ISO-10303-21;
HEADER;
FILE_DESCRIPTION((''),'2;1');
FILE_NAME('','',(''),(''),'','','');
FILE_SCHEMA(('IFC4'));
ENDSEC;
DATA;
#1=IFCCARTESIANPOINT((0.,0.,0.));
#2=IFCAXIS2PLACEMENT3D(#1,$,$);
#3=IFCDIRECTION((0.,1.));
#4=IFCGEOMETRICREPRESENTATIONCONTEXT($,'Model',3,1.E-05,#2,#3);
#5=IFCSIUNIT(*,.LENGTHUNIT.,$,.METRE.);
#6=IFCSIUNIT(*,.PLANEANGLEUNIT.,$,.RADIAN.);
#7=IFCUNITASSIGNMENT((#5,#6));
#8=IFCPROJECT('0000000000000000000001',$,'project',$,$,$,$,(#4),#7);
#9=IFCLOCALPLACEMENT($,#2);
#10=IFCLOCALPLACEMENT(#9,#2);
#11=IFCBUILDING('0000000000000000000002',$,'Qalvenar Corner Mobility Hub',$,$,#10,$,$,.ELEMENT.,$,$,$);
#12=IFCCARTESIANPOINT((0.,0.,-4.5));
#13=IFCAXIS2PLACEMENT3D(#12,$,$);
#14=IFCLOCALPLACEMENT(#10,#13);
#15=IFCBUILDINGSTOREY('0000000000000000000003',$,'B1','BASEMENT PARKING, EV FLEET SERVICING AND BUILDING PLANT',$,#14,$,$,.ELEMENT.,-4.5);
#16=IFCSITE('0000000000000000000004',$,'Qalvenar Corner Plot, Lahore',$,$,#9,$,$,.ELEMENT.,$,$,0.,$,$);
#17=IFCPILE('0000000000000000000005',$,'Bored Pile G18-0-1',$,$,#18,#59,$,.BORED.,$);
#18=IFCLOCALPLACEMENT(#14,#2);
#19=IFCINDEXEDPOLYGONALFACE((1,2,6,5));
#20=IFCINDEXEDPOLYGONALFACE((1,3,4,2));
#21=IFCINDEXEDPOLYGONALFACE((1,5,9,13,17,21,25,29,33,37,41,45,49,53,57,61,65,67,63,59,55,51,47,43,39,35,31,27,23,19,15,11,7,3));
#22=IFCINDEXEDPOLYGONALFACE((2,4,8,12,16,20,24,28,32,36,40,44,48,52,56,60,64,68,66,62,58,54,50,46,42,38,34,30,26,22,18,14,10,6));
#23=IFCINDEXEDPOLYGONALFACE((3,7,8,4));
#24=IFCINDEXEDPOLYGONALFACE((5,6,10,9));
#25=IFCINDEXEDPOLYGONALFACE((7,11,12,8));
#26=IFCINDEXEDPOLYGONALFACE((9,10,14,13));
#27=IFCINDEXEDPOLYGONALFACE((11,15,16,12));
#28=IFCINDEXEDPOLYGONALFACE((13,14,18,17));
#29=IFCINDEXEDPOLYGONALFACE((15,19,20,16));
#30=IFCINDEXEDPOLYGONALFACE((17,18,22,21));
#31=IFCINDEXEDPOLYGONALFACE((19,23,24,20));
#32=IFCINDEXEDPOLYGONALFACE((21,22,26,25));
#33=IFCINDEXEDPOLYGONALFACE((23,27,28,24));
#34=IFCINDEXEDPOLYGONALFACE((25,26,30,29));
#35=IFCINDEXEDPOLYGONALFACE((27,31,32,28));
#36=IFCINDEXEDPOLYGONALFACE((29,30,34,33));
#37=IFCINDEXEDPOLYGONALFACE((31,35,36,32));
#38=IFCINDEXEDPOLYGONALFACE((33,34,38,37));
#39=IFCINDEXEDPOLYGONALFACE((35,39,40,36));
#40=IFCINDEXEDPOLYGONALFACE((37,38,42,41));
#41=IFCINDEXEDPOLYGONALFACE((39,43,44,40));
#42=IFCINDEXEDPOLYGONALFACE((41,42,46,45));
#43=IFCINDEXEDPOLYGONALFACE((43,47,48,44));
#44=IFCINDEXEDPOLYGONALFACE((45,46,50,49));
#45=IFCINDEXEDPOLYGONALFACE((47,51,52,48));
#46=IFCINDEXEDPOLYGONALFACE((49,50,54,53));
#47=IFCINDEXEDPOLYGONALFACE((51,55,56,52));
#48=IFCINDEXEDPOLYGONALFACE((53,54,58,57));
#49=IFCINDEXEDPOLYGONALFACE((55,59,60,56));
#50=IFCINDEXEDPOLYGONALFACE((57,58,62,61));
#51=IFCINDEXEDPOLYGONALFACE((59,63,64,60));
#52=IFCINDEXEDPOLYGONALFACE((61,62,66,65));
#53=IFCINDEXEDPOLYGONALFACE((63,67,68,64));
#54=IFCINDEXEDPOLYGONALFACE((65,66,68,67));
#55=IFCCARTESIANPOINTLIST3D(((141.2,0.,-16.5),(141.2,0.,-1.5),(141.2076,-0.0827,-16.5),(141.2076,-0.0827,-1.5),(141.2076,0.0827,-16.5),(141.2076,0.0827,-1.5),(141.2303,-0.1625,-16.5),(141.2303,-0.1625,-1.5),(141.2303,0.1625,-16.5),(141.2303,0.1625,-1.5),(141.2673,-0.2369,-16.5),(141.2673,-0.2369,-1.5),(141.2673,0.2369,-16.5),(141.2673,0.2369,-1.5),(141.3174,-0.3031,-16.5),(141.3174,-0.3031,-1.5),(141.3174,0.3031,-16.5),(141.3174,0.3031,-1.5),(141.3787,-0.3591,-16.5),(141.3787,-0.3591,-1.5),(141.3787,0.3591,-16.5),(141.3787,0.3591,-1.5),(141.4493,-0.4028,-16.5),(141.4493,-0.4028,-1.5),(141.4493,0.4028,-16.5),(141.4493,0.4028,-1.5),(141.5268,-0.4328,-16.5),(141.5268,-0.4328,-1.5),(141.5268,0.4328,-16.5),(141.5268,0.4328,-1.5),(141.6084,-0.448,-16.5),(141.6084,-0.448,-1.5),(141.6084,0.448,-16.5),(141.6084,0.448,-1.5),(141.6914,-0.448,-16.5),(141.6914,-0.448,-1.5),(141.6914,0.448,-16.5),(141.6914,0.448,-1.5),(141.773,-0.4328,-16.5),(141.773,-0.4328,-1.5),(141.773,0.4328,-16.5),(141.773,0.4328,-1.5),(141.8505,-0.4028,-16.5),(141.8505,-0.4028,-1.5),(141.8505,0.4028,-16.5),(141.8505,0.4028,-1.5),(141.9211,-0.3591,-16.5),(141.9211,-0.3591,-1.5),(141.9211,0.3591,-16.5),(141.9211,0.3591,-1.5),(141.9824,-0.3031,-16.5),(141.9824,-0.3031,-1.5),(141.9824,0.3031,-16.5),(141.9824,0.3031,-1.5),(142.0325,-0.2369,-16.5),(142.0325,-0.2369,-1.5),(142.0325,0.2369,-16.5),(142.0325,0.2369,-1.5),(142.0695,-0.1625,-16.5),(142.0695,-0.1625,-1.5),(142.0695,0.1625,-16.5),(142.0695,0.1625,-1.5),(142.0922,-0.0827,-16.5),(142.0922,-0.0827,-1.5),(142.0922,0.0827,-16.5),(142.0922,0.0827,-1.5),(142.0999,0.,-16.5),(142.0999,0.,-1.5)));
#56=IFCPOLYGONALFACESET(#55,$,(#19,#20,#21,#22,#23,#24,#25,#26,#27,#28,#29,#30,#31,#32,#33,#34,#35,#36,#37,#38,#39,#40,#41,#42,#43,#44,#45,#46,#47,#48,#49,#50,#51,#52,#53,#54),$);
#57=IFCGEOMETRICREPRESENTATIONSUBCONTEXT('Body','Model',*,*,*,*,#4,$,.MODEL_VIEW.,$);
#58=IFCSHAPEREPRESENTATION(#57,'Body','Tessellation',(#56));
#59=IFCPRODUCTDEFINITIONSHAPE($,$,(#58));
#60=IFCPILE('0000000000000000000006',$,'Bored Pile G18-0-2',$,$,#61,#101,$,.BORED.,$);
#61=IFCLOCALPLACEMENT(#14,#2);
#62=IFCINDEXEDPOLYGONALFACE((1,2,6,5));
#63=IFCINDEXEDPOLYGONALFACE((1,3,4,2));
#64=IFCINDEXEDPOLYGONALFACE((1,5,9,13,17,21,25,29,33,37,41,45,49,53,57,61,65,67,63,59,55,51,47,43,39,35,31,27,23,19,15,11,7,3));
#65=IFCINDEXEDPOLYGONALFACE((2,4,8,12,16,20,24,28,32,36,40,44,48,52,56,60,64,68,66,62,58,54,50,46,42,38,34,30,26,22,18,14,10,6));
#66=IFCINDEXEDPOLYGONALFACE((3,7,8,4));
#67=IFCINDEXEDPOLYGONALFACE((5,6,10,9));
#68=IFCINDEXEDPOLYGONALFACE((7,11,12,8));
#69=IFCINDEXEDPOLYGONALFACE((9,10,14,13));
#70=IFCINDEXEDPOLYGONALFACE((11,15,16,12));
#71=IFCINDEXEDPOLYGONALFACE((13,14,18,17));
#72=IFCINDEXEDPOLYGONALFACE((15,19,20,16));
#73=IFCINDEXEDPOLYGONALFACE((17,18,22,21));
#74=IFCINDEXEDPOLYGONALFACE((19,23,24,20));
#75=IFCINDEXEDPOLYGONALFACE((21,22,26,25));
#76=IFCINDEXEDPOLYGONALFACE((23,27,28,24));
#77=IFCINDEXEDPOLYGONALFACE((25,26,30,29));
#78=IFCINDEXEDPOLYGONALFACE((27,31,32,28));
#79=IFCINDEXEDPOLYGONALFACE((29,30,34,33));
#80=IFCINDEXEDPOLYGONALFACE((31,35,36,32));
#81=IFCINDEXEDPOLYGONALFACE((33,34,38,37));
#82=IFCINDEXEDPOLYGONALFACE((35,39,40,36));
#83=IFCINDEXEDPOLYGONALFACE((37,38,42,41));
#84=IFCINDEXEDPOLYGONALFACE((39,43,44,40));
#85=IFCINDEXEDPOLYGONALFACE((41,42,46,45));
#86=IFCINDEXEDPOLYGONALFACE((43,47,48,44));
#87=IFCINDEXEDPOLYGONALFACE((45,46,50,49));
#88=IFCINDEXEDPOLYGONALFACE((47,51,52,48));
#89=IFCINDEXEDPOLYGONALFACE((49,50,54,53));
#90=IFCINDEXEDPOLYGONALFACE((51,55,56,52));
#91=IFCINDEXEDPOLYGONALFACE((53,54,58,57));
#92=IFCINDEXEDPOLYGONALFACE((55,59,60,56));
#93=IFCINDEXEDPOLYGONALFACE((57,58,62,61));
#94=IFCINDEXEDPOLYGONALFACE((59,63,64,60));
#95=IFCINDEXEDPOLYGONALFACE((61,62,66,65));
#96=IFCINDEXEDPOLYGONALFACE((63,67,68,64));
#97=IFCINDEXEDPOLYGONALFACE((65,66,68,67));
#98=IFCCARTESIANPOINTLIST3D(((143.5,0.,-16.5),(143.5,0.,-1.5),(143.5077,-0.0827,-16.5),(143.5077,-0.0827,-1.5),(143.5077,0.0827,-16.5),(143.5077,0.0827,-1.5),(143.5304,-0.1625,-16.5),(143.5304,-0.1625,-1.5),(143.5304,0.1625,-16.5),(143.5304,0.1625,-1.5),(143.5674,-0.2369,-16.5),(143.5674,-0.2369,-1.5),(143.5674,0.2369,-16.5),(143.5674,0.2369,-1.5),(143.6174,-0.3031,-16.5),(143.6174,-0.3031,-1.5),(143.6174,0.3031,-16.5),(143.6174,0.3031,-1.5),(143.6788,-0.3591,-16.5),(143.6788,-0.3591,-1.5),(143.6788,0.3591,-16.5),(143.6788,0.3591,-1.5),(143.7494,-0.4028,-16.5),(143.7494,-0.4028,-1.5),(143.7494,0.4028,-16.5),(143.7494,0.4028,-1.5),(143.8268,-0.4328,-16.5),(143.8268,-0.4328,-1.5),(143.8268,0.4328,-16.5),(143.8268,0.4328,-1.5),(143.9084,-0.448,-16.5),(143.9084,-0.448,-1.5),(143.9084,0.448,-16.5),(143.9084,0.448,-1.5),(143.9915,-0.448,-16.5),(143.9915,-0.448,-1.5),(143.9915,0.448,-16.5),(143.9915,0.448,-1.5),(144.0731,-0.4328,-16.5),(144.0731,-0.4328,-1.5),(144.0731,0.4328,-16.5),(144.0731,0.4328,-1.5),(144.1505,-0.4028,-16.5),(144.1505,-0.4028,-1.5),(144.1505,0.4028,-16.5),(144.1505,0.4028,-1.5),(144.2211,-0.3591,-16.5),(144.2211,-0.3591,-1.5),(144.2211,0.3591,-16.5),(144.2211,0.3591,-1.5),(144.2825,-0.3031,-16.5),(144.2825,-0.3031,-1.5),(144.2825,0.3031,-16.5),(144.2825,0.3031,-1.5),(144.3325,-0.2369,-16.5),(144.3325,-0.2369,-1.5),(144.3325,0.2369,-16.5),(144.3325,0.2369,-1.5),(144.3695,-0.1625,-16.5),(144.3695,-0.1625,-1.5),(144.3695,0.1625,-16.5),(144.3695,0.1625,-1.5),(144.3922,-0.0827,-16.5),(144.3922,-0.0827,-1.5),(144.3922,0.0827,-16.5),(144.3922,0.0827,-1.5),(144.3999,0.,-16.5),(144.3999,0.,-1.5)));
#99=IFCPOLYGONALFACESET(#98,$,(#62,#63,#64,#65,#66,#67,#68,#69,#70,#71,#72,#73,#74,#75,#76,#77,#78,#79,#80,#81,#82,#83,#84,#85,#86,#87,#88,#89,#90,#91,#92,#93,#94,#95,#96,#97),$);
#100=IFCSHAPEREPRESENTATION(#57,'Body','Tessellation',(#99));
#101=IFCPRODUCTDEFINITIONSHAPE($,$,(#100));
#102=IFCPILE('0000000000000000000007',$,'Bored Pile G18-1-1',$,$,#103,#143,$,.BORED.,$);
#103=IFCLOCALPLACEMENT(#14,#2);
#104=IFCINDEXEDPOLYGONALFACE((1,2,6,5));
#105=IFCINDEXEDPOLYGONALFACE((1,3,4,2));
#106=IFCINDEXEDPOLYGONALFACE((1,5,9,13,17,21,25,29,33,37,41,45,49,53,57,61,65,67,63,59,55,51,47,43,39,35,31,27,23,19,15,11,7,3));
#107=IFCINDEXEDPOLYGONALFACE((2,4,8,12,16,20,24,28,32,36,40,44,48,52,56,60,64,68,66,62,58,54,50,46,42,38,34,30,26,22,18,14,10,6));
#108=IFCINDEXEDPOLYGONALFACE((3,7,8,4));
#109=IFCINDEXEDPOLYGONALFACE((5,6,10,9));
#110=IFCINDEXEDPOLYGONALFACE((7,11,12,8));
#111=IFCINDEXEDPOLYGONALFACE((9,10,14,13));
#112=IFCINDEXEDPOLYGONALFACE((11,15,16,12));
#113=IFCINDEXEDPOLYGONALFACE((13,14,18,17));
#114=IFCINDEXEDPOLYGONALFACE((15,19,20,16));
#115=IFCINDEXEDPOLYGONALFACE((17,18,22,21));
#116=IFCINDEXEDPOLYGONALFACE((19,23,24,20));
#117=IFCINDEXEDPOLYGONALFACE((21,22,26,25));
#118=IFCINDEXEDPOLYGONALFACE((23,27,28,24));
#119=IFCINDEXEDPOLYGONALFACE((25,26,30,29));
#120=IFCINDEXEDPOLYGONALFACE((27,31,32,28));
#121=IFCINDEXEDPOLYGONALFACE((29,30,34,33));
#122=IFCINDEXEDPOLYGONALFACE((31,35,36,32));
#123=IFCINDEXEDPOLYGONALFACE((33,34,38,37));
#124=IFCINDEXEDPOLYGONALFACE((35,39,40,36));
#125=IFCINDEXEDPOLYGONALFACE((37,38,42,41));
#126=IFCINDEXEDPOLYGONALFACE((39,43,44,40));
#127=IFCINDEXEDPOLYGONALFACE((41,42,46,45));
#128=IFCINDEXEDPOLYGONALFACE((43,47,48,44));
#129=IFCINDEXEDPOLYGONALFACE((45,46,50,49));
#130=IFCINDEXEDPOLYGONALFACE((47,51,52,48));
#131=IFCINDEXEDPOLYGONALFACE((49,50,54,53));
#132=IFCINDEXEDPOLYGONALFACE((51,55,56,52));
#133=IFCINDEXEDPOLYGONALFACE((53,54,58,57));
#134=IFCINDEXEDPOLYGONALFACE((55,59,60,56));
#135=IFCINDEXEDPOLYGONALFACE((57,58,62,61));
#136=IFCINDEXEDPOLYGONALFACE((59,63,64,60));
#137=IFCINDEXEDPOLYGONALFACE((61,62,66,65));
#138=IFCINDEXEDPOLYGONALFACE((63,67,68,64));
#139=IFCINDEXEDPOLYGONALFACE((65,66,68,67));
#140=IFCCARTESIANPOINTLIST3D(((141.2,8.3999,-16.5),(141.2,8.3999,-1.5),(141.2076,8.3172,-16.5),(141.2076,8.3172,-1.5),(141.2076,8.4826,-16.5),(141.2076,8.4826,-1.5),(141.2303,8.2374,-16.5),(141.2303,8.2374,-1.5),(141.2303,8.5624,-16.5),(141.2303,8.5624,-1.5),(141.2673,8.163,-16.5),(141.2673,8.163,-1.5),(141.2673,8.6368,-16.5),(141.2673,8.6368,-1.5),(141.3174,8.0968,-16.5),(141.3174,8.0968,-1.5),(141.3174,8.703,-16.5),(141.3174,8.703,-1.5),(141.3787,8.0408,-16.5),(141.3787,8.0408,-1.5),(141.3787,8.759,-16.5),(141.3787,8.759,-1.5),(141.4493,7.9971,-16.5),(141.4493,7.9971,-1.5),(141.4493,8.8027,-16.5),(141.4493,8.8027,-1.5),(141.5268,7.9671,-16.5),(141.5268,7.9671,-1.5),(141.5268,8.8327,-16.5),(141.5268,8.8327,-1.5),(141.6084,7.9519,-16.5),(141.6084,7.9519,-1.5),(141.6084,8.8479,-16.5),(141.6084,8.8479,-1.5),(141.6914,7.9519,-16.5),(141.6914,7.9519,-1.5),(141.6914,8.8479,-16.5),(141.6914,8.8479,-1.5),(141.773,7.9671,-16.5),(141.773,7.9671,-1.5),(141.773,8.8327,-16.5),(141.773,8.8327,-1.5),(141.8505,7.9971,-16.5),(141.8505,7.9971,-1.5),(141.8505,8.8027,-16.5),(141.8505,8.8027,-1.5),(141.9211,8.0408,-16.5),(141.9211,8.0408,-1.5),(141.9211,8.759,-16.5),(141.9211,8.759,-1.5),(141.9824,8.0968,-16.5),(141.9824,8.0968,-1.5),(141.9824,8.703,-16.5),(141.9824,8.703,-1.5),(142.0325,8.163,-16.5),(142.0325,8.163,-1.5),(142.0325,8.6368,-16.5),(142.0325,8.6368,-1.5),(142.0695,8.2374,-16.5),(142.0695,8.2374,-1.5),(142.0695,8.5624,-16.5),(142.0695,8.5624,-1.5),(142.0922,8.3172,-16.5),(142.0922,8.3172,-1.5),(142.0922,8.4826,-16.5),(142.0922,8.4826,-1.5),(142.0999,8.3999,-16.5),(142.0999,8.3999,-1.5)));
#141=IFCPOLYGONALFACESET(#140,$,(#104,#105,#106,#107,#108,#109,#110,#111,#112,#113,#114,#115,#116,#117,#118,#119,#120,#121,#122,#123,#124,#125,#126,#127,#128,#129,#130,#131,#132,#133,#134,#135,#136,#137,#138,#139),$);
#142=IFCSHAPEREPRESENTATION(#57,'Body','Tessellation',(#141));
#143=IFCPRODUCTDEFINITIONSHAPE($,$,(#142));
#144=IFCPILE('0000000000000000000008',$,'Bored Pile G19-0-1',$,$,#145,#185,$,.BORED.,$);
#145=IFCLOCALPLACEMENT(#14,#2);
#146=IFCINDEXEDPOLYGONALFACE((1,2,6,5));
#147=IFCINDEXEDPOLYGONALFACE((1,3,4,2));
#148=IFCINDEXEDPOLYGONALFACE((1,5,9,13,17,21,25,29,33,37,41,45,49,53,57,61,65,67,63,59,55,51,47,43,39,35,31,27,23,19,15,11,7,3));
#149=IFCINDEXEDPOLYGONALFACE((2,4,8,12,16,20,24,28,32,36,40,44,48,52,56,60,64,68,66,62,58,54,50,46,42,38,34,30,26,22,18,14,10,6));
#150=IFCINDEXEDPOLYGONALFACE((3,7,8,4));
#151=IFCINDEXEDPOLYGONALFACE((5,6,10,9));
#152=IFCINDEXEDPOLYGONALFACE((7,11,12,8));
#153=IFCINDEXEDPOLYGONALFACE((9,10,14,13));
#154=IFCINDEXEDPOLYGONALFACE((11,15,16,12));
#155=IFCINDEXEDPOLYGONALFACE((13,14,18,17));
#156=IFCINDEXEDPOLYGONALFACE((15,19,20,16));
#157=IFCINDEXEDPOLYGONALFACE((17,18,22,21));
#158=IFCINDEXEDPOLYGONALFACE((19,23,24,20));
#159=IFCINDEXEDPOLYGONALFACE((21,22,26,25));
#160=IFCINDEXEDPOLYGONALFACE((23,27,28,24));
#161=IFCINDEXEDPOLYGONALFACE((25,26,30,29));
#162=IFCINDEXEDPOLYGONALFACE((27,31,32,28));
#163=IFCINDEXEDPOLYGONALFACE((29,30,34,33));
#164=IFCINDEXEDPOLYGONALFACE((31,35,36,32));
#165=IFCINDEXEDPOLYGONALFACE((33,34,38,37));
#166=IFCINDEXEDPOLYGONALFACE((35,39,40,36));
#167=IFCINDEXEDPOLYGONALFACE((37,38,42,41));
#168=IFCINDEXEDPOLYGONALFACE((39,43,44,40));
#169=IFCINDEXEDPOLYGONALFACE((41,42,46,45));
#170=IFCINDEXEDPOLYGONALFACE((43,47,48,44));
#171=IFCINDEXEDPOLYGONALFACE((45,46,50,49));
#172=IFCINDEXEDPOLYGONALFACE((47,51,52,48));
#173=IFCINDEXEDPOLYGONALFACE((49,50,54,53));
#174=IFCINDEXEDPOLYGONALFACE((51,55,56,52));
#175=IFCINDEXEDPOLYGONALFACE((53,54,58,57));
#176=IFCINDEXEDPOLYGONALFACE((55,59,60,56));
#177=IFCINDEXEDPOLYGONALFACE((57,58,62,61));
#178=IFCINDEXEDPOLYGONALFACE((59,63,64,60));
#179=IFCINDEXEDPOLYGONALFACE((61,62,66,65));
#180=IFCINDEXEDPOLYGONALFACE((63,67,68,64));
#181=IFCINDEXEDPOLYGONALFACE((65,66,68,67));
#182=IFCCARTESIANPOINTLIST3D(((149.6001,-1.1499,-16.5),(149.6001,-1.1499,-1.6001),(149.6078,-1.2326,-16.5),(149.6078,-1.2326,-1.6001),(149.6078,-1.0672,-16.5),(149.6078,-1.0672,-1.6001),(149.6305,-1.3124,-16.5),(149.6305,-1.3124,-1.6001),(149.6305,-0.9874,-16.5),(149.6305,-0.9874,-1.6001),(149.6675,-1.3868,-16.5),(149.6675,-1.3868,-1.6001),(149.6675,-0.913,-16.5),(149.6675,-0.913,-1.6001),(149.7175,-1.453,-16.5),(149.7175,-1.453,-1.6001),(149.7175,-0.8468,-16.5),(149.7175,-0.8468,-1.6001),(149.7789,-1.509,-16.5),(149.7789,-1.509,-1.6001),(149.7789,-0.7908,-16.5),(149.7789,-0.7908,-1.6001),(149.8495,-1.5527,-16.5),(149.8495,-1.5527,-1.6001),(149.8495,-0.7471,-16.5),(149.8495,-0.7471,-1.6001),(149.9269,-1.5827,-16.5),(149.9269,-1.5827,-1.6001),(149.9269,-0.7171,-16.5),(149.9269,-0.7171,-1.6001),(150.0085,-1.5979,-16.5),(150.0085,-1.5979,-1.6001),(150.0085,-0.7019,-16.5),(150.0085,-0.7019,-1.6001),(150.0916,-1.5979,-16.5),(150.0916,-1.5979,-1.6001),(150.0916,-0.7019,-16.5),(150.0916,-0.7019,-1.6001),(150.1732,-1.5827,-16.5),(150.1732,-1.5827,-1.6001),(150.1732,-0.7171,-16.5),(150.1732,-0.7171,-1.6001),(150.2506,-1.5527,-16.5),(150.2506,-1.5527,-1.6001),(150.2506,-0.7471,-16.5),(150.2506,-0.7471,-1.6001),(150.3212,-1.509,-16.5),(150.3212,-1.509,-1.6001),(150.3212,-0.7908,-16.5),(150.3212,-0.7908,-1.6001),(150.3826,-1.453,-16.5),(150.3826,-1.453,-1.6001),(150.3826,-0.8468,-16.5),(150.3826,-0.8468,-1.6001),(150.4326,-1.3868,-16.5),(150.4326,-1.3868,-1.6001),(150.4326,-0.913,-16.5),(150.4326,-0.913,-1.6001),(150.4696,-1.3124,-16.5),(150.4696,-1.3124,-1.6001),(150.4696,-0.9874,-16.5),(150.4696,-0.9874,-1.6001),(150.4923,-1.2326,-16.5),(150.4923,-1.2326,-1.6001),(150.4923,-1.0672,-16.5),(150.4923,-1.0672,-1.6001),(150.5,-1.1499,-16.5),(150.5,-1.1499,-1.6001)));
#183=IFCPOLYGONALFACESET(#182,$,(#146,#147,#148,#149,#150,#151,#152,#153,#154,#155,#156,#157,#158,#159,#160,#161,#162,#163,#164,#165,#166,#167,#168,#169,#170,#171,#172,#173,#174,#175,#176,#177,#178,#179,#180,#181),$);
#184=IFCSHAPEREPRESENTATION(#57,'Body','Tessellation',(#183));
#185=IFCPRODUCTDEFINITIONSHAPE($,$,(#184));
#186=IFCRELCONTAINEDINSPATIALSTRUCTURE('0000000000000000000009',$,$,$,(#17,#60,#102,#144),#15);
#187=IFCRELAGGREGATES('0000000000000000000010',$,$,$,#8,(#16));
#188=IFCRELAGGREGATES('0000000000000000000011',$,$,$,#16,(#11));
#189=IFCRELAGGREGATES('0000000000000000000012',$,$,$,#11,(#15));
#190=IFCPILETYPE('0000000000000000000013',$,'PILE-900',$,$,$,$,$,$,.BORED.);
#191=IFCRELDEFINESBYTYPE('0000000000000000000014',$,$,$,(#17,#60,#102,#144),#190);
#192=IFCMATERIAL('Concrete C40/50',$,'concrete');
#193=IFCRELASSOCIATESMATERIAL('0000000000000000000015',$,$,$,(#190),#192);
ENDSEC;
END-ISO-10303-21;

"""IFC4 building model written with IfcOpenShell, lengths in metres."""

from ifc_helpers import new_model, si_unit, direction, frame, origin, origin_2d, place, context, subcontext, project, spatial, circle, extrude, material, material_profile, profile_set, type_object, element, save


model = new_model("IFC4")

# Units and contexts
model_context = context("Model", 3, precision=1e-05, world=origin(), true_north=direction((0.0, 1.0)))
body_context = subcontext(model_context, "Body", "Model", "MODEL_VIEW")
ifc_project = project(units=[si_unit("LENGTHUNIT", "METRE"), si_unit("PLANEANGLEUNIT", "RADIAN")], contexts=[model_context])

# Site, building, storey
site_placement = place(None, origin())
site = spatial("IfcSite", under=ifc_project, at=site_placement, Name="Qalvenar Corner Plot, Lahore", CompositionType="ELEMENT", RefElevation=0.0)
building_placement = place(site_placement, origin())
building = spatial("IfcBuilding", under=site, at=building_placement, Name="Qalvenar Corner Mobility Hub", CompositionType="ELEMENT")
storey_placement = place(building_placement, frame((0.0, 0.0, -4.5)))
storey = spatial("IfcBuildingStorey", under=building, at=storey_placement, Name="B1", Description="BASEMENT PARKING, EV FLEET SERVICING AND BUILDING PLANT", CompositionType="ELEMENT", Elevation=-4.5)

# Shared definitions
ifc_material_1 = material(Name="Concrete C40/50", Category="concrete")

# Piles
ifc_material_profile_1 = material_profile(ifc_material_1, circle(Radius=0.45, at=origin_2d()), Name="DIA900")
ifc_profile_set_1 = profile_set([ifc_material_profile_1], Name="Concrete C40/50")
pile_type = type_object("IfcPileType", Name="PILE-900", PredefinedType="BORED", material=ifc_profile_set_1)
for number, where, z_axis, x_axis, name in (
    (1, (141.6499, 0.0, -1.5), (0.0, 0.0, -1.0), (1.0, 0.0, 0.0), "Bored Pile G18-0-1"),
    (2, (143.95, 0.0, -1.5), (0.0, 0.0, -1.0), (1.0, 0.0, 0.0), "Bored Pile G18-0-2"),
    (3, (141.6499, 8.3999, -1.5), (0.0, 0.0, -1.0), (1.0, 0.0, 0.0), "Bored Pile G18-1-1"),
):
    element("IfcPile", number, at=place(storey_placement, frame(where, z_axis=z_axis, x_axis=x_axis)), inside=storey, type_object=pile_type, Name=name, PredefinedType="BORED", context=body_context, shape_type="SweptSolid", body=[
        extrude(circle(Radius=0.45, at=origin_2d()), origin(), (0.0, 0.0, 1.0), 15.0),
    ])
for number, where, z_axis, x_axis, name in (
    (4, (150.05, -1.1499, -1.6001), (0.0, 0.0, -1.0), (1.0, 0.0, 0.0), "Bored Pile G19-0-1"),
):
    element("IfcPile", number, at=place(storey_placement, frame(where, z_axis=z_axis, x_axis=x_axis)), inside=storey, type_object=pile_type, Name=name, PredefinedType="BORED", context=body_context, shape_type="SweptSolid", body=[
        extrude(circle(Radius=0.45, at=origin_2d()), origin(), (0.0, 0.0, 1.0), 14.8999),
    ])

save(model, "model.ifc")
